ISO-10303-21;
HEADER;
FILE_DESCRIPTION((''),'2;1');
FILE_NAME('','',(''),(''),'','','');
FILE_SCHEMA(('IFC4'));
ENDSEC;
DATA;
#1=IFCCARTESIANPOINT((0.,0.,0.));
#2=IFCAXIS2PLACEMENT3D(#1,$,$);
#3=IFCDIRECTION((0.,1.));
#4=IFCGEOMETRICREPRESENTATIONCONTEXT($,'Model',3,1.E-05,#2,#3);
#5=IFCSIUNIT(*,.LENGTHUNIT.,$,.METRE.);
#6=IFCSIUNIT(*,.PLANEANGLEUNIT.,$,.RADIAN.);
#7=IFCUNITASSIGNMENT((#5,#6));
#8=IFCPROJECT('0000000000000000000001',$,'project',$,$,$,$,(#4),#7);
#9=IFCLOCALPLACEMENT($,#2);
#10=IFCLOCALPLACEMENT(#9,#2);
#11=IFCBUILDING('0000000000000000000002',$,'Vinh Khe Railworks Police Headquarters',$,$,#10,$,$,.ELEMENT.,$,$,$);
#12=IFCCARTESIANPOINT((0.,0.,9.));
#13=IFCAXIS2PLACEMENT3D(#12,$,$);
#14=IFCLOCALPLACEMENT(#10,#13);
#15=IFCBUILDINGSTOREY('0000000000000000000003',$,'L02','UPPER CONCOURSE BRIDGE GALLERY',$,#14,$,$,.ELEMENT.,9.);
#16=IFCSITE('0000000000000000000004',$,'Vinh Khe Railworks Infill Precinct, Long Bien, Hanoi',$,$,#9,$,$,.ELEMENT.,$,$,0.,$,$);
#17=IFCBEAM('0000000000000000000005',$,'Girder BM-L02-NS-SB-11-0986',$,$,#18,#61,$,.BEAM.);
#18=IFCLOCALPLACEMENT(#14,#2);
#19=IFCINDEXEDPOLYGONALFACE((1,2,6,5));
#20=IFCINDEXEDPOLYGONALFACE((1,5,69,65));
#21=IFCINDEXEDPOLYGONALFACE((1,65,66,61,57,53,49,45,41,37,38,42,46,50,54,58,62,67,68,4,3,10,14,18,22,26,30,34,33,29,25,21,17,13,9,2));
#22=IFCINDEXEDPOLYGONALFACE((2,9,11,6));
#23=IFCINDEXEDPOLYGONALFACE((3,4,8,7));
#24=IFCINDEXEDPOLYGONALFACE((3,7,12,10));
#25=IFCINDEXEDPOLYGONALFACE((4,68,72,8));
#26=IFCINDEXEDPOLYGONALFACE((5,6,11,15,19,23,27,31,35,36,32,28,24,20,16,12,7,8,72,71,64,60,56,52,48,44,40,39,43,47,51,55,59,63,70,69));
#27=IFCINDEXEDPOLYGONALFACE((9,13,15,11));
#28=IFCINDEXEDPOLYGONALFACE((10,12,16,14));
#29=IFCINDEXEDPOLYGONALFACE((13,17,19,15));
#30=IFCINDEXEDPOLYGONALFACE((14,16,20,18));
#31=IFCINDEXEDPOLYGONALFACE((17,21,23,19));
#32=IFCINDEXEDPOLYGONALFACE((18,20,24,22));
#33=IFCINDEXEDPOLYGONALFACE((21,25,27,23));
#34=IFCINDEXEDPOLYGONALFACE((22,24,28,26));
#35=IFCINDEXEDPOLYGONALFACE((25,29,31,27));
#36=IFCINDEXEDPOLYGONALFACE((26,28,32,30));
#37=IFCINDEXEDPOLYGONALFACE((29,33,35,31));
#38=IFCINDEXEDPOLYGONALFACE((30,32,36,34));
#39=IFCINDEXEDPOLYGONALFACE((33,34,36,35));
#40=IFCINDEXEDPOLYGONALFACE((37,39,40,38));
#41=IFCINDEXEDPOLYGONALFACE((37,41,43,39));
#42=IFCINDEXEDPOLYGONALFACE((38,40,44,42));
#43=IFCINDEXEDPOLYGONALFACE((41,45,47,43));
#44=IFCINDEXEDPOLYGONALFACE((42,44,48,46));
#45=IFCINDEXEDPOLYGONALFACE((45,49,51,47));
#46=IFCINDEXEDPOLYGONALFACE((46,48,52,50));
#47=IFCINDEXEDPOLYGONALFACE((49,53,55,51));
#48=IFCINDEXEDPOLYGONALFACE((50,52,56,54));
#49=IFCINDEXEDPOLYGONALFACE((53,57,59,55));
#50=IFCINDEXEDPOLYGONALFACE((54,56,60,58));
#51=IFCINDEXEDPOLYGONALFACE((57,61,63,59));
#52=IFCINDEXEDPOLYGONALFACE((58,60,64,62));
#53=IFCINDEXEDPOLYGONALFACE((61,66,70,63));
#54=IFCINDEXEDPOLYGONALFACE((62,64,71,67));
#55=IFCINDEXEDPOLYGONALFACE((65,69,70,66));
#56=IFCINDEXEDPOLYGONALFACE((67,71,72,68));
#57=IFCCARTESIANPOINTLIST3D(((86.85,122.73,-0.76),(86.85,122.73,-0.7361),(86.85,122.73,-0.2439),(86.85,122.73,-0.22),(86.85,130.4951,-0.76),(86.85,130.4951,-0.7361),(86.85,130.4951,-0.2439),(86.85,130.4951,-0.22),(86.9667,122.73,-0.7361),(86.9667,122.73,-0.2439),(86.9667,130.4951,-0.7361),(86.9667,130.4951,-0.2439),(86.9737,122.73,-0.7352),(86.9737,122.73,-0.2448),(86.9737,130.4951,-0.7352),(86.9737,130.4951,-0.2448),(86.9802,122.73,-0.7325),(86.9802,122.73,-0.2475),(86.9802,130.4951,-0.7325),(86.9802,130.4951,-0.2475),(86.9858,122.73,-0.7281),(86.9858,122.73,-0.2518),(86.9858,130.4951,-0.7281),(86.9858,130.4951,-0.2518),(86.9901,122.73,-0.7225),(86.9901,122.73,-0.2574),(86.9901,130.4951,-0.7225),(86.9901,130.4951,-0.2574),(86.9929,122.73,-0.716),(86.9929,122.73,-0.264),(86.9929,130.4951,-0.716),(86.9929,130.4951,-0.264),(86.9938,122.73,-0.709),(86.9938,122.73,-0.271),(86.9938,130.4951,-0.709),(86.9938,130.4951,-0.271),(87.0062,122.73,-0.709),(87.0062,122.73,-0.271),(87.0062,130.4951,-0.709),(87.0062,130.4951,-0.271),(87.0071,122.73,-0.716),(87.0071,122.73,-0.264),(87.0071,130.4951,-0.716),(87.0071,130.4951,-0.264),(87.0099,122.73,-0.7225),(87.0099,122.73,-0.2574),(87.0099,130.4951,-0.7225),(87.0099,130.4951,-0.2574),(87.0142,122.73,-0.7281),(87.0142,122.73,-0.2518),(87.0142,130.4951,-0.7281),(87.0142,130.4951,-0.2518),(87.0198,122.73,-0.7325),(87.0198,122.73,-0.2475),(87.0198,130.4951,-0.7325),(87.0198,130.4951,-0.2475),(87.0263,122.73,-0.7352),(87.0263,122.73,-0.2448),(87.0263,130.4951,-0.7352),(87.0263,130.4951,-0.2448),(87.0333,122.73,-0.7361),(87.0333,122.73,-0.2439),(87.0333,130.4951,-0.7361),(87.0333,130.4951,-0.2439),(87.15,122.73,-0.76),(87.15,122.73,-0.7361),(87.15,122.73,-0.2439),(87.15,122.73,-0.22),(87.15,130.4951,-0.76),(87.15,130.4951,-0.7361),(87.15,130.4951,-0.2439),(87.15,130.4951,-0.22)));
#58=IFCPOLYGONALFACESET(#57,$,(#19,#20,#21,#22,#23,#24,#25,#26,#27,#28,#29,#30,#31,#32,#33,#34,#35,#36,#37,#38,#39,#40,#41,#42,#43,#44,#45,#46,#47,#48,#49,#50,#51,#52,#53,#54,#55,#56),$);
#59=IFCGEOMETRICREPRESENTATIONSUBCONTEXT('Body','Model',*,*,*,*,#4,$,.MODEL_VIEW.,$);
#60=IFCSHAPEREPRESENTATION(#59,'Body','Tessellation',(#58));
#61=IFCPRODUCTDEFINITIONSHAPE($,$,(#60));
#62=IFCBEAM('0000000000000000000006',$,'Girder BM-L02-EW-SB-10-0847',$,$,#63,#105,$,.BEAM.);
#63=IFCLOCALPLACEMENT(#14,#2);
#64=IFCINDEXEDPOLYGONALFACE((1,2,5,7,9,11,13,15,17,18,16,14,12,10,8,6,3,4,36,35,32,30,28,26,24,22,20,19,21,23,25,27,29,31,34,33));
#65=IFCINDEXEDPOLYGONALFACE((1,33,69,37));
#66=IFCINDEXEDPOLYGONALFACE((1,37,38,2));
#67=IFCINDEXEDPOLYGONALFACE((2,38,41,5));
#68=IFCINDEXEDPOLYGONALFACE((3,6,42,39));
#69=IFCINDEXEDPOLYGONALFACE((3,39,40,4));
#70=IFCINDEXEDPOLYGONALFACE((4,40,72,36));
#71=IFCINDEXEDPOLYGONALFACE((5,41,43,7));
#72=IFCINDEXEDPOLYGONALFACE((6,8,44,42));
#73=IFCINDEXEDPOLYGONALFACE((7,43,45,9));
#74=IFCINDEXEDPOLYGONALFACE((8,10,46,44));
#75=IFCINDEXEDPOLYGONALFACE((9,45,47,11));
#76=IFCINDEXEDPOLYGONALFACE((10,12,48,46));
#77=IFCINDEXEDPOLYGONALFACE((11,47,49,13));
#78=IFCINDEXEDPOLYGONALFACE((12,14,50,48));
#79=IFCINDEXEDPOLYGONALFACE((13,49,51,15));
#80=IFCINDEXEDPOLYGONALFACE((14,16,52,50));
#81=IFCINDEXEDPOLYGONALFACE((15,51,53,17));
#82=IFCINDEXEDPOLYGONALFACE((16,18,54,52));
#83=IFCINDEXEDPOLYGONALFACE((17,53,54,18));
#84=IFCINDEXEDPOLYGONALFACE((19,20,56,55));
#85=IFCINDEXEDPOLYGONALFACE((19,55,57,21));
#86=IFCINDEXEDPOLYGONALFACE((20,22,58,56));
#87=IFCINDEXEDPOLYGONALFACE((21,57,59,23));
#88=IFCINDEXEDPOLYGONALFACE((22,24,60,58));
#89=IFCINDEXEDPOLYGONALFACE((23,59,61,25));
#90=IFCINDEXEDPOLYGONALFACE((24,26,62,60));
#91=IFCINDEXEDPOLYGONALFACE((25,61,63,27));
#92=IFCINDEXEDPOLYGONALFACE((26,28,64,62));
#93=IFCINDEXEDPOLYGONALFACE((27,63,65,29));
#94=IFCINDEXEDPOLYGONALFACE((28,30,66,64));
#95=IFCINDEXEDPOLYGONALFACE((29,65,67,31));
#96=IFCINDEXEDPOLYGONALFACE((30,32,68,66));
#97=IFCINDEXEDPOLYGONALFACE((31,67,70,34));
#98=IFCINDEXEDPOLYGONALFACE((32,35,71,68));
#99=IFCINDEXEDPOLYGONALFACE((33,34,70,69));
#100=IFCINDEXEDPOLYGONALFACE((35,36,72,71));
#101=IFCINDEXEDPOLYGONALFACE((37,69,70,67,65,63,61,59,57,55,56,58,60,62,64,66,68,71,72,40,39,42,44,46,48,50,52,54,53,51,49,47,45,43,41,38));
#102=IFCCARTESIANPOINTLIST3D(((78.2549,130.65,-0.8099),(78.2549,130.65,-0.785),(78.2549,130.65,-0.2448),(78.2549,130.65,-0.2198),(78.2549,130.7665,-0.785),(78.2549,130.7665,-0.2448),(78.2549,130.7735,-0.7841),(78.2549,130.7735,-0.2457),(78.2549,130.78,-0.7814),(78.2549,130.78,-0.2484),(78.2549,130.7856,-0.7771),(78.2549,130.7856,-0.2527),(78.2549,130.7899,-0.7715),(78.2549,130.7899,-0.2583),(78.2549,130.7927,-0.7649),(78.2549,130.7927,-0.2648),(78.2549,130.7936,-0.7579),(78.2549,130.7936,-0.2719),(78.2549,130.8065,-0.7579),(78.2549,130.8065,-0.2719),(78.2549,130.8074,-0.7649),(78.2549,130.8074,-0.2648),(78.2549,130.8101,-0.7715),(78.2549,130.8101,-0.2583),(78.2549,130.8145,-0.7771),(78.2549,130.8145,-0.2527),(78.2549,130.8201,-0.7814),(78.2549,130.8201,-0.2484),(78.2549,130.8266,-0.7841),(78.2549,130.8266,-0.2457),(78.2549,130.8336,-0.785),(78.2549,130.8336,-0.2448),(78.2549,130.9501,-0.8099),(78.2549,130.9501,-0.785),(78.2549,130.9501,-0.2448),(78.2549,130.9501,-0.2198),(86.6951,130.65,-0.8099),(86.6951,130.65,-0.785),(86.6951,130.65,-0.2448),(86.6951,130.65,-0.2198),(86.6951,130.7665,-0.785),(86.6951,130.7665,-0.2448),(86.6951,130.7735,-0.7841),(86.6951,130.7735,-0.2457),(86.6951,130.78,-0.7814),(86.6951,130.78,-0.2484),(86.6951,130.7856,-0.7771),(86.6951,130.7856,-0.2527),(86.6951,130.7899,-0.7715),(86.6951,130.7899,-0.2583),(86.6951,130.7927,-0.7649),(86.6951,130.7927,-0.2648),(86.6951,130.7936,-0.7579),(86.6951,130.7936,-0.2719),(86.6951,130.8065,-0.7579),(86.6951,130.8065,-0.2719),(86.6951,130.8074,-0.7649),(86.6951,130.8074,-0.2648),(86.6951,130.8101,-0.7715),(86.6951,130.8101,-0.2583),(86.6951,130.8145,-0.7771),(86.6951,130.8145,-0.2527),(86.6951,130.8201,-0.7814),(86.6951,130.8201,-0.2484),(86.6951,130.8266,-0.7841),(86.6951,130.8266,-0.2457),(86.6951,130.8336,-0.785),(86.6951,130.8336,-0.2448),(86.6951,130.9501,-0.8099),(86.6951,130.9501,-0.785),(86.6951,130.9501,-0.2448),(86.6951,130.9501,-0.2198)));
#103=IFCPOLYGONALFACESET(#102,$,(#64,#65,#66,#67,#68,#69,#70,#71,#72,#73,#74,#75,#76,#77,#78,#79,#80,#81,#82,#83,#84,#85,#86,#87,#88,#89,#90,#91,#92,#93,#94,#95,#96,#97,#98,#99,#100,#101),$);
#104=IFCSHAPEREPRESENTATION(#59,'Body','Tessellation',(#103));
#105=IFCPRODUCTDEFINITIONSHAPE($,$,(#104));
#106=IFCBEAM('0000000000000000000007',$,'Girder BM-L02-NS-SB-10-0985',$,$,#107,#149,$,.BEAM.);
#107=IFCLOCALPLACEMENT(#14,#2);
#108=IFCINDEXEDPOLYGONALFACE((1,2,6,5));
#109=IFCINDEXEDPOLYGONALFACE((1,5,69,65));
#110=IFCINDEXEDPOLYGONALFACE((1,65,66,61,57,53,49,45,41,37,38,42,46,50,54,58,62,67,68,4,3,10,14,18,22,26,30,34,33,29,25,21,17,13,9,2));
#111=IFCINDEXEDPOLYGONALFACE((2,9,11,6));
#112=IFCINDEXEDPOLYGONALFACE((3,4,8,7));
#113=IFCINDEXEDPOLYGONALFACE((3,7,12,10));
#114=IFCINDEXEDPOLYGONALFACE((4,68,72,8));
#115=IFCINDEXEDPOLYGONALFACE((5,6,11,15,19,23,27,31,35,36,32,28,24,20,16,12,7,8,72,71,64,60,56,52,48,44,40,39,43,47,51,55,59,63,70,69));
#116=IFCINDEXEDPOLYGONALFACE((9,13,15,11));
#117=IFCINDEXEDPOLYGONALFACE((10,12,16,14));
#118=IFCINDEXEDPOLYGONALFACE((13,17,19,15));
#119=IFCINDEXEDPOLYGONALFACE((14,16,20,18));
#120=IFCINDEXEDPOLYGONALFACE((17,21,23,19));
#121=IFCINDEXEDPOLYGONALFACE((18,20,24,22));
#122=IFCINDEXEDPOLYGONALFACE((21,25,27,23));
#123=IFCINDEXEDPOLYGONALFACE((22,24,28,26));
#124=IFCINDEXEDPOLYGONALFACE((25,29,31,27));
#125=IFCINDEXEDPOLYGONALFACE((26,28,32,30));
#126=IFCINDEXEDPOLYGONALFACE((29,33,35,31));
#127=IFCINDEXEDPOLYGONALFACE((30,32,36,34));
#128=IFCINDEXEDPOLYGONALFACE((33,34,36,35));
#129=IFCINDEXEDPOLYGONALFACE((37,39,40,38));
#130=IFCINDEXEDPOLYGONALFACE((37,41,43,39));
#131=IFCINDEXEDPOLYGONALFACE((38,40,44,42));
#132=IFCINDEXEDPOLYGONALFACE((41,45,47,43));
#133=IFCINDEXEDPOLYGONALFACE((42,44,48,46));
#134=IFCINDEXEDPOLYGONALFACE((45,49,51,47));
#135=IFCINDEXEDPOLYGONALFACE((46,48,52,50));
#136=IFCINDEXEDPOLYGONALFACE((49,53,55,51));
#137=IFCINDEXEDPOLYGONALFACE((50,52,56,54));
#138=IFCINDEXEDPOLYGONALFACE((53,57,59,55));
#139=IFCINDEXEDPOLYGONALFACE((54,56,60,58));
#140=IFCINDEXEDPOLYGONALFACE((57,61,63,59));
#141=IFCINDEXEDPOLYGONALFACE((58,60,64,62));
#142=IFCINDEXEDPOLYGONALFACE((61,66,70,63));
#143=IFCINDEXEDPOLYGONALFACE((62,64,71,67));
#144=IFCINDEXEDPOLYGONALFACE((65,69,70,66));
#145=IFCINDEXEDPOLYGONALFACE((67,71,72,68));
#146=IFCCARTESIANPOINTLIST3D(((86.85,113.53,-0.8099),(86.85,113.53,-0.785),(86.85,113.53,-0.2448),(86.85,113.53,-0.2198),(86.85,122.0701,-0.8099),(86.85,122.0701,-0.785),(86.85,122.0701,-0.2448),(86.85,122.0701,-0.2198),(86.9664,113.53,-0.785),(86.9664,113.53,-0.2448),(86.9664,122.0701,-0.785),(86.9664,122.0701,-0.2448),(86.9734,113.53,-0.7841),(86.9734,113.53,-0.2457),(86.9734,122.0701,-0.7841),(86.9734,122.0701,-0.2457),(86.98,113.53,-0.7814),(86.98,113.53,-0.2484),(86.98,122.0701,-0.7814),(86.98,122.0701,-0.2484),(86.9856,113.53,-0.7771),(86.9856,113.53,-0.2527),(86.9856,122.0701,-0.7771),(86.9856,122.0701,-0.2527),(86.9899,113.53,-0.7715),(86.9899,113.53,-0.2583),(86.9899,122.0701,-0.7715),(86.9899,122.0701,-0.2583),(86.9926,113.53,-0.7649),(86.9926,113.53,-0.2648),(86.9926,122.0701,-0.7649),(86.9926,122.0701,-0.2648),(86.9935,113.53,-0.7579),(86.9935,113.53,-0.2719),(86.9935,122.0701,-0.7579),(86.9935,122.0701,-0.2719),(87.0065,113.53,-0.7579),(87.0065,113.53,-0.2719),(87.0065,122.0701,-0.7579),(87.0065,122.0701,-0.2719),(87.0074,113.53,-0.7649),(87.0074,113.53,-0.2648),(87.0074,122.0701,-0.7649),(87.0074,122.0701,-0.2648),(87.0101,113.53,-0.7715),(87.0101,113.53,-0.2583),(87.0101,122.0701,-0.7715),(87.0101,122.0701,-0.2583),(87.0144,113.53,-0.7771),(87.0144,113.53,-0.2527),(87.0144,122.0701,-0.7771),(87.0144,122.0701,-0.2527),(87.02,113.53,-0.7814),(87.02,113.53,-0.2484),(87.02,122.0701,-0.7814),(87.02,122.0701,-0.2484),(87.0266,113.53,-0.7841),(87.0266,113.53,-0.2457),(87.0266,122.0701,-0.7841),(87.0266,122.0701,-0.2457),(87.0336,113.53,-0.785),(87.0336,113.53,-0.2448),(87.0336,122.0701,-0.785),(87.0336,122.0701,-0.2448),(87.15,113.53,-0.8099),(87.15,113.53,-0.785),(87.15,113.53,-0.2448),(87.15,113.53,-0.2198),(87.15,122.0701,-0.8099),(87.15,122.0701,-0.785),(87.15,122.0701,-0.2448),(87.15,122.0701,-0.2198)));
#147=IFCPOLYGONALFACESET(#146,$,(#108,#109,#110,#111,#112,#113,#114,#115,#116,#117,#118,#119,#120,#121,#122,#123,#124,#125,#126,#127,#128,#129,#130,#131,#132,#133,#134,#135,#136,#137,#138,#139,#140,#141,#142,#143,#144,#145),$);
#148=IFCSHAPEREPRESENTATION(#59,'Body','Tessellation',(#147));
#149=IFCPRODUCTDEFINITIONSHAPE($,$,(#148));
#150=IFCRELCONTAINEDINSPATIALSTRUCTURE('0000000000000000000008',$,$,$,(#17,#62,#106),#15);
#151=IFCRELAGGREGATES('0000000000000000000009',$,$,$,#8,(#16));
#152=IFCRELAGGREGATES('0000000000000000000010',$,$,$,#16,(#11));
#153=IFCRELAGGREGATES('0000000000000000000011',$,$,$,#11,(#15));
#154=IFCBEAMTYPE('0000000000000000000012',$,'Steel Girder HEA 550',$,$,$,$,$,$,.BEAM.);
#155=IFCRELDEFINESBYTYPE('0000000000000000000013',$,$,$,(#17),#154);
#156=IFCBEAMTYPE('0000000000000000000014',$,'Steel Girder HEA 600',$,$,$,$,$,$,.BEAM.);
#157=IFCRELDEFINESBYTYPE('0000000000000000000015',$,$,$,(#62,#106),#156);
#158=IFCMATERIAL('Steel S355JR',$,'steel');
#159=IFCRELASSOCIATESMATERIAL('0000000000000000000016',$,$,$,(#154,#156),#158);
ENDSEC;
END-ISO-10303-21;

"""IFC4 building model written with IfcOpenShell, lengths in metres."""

from ifc_helpers import new_model, si_unit, direction, frame, origin, origin_2d, place, context, subcontext, project, spatial, i_section, extrude, material, material_profile, profile_set, type_object, element, save


model = new_model("IFC4")

# Units and contexts
model_context = context("Model", 3, precision=1e-05, world=origin(), true_north=direction((0.0, 1.0)))
body_context = subcontext(model_context, "Body", "Model", "MODEL_VIEW")
ifc_project = project(units=[si_unit("LENGTHUNIT", "METRE"), si_unit("PLANEANGLEUNIT", "RADIAN")], contexts=[model_context])

# Site, building, storey
site_placement = place(None, origin())
site = spatial("IfcSite", under=ifc_project, at=site_placement, Name="Vinh Khe Railworks Infill Precinct, Long Bien, Hanoi", CompositionType="ELEMENT", RefElevation=0.0)
building_placement = place(site_placement, origin())
building = spatial("IfcBuilding", under=site, at=building_placement, Name="Vinh Khe Railworks Police Headquarters", CompositionType="ELEMENT")
storey_placement = place(building_placement, frame((0.0, 0.0, 9.0)))
storey = spatial("IfcBuildingStorey", under=building, at=storey_placement, Name="L02", Description="UPPER CONCOURSE BRIDGE GALLERY", CompositionType="ELEMENT", Elevation=9.0)

# Shared definitions
ifc_material_1 = material(Name="Steel S355JR", Category="steel")

# Beams
ifc_material_profile_1 = material_profile(ifc_material_1, i_section(OverallWidth=0.3, OverallDepth=0.54, WebThickness=0.0125, FlangeThickness=0.0239, FilletRadius=0.0271, at=origin_2d()), Name="HEA 550")
ifc_profile_set_1 = profile_set([ifc_material_profile_1], Name="Steel S355JR")
beam_type_1 = type_object("IfcBeamType", Name="Steel Girder HEA 550", PredefinedType="BEAM", material=ifc_profile_set_1)
beam_1_placement = place(storey_placement, frame((87.0, 122.73, -0.49), z_axis=(0.0, 1.0, 0.0), x_axis=(-1.0, 0.0, 0.0)))
element("IfcBeam", 1, at=beam_1_placement, inside=storey, type_object=beam_type_1, Name="Girder BM-L02-NS-SB-11-0986", PredefinedType="BEAM", context=body_context, shape_type="SweptSolid", body=[
    extrude(i_section(OverallWidth=0.3, OverallDepth=0.54, WebThickness=0.0125, FlangeThickness=0.0239, FilletRadius=0.0271, at=origin_2d()), origin(), (0.0, 0.0, 1.0), 7.7651),
])
ifc_material_profile_2 = material_profile(ifc_material_1, i_section(OverallWidth=0.3, OverallDepth=0.5901, WebThickness=0.0129, FlangeThickness=0.0249, FilletRadius=0.0271, at=origin_2d()), Name="HEA 600")
ifc_profile_set_2 = profile_set([ifc_material_profile_2], Name="Steel S355JR")
beam_type_2 = type_object("IfcBeamType", Name="Steel Girder HEA 600", PredefinedType="BEAM", material=ifc_profile_set_2)
beam_2_placement = place(storey_placement, frame((78.2549, 130.8, -0.5149), z_axis=(1.0, 0.0, 0.0), x_axis=(0.0, 1.0, 0.0)))
element("IfcBeam", 2, at=beam_2_placement, inside=storey, type_object=beam_type_2, Name="Girder BM-L02-EW-SB-10-0847", PredefinedType="BEAM", context=body_context, shape_type="SweptSolid", body=[
    extrude(i_section(OverallWidth=0.3, OverallDepth=0.5901, WebThickness=0.0129, FlangeThickness=0.0249, FilletRadius=0.0271, at=origin_2d()), origin(), (0.0, 0.0, 1.0), 8.4402),
])
beam_3_placement = place(storey_placement, frame((87.0, 113.53, -0.5149), z_axis=(0.0, 1.0, 0.0), x_axis=(-1.0, 0.0, 0.0)))
element("IfcBeam", 3, at=beam_3_placement, inside=storey, type_object=beam_type_2, Name="Girder BM-L02-NS-SB-10-0985", PredefinedType="BEAM", context=body_context, shape_type="SweptSolid", body=[
    extrude(i_section(OverallWidth=0.3, OverallDepth=0.5901, WebThickness=0.0129, FlangeThickness=0.0249, FilletRadius=0.0271, at=origin_2d()), origin(), (0.0, 0.0, 1.0), 8.54),
])

save(model, "model.ifc")
